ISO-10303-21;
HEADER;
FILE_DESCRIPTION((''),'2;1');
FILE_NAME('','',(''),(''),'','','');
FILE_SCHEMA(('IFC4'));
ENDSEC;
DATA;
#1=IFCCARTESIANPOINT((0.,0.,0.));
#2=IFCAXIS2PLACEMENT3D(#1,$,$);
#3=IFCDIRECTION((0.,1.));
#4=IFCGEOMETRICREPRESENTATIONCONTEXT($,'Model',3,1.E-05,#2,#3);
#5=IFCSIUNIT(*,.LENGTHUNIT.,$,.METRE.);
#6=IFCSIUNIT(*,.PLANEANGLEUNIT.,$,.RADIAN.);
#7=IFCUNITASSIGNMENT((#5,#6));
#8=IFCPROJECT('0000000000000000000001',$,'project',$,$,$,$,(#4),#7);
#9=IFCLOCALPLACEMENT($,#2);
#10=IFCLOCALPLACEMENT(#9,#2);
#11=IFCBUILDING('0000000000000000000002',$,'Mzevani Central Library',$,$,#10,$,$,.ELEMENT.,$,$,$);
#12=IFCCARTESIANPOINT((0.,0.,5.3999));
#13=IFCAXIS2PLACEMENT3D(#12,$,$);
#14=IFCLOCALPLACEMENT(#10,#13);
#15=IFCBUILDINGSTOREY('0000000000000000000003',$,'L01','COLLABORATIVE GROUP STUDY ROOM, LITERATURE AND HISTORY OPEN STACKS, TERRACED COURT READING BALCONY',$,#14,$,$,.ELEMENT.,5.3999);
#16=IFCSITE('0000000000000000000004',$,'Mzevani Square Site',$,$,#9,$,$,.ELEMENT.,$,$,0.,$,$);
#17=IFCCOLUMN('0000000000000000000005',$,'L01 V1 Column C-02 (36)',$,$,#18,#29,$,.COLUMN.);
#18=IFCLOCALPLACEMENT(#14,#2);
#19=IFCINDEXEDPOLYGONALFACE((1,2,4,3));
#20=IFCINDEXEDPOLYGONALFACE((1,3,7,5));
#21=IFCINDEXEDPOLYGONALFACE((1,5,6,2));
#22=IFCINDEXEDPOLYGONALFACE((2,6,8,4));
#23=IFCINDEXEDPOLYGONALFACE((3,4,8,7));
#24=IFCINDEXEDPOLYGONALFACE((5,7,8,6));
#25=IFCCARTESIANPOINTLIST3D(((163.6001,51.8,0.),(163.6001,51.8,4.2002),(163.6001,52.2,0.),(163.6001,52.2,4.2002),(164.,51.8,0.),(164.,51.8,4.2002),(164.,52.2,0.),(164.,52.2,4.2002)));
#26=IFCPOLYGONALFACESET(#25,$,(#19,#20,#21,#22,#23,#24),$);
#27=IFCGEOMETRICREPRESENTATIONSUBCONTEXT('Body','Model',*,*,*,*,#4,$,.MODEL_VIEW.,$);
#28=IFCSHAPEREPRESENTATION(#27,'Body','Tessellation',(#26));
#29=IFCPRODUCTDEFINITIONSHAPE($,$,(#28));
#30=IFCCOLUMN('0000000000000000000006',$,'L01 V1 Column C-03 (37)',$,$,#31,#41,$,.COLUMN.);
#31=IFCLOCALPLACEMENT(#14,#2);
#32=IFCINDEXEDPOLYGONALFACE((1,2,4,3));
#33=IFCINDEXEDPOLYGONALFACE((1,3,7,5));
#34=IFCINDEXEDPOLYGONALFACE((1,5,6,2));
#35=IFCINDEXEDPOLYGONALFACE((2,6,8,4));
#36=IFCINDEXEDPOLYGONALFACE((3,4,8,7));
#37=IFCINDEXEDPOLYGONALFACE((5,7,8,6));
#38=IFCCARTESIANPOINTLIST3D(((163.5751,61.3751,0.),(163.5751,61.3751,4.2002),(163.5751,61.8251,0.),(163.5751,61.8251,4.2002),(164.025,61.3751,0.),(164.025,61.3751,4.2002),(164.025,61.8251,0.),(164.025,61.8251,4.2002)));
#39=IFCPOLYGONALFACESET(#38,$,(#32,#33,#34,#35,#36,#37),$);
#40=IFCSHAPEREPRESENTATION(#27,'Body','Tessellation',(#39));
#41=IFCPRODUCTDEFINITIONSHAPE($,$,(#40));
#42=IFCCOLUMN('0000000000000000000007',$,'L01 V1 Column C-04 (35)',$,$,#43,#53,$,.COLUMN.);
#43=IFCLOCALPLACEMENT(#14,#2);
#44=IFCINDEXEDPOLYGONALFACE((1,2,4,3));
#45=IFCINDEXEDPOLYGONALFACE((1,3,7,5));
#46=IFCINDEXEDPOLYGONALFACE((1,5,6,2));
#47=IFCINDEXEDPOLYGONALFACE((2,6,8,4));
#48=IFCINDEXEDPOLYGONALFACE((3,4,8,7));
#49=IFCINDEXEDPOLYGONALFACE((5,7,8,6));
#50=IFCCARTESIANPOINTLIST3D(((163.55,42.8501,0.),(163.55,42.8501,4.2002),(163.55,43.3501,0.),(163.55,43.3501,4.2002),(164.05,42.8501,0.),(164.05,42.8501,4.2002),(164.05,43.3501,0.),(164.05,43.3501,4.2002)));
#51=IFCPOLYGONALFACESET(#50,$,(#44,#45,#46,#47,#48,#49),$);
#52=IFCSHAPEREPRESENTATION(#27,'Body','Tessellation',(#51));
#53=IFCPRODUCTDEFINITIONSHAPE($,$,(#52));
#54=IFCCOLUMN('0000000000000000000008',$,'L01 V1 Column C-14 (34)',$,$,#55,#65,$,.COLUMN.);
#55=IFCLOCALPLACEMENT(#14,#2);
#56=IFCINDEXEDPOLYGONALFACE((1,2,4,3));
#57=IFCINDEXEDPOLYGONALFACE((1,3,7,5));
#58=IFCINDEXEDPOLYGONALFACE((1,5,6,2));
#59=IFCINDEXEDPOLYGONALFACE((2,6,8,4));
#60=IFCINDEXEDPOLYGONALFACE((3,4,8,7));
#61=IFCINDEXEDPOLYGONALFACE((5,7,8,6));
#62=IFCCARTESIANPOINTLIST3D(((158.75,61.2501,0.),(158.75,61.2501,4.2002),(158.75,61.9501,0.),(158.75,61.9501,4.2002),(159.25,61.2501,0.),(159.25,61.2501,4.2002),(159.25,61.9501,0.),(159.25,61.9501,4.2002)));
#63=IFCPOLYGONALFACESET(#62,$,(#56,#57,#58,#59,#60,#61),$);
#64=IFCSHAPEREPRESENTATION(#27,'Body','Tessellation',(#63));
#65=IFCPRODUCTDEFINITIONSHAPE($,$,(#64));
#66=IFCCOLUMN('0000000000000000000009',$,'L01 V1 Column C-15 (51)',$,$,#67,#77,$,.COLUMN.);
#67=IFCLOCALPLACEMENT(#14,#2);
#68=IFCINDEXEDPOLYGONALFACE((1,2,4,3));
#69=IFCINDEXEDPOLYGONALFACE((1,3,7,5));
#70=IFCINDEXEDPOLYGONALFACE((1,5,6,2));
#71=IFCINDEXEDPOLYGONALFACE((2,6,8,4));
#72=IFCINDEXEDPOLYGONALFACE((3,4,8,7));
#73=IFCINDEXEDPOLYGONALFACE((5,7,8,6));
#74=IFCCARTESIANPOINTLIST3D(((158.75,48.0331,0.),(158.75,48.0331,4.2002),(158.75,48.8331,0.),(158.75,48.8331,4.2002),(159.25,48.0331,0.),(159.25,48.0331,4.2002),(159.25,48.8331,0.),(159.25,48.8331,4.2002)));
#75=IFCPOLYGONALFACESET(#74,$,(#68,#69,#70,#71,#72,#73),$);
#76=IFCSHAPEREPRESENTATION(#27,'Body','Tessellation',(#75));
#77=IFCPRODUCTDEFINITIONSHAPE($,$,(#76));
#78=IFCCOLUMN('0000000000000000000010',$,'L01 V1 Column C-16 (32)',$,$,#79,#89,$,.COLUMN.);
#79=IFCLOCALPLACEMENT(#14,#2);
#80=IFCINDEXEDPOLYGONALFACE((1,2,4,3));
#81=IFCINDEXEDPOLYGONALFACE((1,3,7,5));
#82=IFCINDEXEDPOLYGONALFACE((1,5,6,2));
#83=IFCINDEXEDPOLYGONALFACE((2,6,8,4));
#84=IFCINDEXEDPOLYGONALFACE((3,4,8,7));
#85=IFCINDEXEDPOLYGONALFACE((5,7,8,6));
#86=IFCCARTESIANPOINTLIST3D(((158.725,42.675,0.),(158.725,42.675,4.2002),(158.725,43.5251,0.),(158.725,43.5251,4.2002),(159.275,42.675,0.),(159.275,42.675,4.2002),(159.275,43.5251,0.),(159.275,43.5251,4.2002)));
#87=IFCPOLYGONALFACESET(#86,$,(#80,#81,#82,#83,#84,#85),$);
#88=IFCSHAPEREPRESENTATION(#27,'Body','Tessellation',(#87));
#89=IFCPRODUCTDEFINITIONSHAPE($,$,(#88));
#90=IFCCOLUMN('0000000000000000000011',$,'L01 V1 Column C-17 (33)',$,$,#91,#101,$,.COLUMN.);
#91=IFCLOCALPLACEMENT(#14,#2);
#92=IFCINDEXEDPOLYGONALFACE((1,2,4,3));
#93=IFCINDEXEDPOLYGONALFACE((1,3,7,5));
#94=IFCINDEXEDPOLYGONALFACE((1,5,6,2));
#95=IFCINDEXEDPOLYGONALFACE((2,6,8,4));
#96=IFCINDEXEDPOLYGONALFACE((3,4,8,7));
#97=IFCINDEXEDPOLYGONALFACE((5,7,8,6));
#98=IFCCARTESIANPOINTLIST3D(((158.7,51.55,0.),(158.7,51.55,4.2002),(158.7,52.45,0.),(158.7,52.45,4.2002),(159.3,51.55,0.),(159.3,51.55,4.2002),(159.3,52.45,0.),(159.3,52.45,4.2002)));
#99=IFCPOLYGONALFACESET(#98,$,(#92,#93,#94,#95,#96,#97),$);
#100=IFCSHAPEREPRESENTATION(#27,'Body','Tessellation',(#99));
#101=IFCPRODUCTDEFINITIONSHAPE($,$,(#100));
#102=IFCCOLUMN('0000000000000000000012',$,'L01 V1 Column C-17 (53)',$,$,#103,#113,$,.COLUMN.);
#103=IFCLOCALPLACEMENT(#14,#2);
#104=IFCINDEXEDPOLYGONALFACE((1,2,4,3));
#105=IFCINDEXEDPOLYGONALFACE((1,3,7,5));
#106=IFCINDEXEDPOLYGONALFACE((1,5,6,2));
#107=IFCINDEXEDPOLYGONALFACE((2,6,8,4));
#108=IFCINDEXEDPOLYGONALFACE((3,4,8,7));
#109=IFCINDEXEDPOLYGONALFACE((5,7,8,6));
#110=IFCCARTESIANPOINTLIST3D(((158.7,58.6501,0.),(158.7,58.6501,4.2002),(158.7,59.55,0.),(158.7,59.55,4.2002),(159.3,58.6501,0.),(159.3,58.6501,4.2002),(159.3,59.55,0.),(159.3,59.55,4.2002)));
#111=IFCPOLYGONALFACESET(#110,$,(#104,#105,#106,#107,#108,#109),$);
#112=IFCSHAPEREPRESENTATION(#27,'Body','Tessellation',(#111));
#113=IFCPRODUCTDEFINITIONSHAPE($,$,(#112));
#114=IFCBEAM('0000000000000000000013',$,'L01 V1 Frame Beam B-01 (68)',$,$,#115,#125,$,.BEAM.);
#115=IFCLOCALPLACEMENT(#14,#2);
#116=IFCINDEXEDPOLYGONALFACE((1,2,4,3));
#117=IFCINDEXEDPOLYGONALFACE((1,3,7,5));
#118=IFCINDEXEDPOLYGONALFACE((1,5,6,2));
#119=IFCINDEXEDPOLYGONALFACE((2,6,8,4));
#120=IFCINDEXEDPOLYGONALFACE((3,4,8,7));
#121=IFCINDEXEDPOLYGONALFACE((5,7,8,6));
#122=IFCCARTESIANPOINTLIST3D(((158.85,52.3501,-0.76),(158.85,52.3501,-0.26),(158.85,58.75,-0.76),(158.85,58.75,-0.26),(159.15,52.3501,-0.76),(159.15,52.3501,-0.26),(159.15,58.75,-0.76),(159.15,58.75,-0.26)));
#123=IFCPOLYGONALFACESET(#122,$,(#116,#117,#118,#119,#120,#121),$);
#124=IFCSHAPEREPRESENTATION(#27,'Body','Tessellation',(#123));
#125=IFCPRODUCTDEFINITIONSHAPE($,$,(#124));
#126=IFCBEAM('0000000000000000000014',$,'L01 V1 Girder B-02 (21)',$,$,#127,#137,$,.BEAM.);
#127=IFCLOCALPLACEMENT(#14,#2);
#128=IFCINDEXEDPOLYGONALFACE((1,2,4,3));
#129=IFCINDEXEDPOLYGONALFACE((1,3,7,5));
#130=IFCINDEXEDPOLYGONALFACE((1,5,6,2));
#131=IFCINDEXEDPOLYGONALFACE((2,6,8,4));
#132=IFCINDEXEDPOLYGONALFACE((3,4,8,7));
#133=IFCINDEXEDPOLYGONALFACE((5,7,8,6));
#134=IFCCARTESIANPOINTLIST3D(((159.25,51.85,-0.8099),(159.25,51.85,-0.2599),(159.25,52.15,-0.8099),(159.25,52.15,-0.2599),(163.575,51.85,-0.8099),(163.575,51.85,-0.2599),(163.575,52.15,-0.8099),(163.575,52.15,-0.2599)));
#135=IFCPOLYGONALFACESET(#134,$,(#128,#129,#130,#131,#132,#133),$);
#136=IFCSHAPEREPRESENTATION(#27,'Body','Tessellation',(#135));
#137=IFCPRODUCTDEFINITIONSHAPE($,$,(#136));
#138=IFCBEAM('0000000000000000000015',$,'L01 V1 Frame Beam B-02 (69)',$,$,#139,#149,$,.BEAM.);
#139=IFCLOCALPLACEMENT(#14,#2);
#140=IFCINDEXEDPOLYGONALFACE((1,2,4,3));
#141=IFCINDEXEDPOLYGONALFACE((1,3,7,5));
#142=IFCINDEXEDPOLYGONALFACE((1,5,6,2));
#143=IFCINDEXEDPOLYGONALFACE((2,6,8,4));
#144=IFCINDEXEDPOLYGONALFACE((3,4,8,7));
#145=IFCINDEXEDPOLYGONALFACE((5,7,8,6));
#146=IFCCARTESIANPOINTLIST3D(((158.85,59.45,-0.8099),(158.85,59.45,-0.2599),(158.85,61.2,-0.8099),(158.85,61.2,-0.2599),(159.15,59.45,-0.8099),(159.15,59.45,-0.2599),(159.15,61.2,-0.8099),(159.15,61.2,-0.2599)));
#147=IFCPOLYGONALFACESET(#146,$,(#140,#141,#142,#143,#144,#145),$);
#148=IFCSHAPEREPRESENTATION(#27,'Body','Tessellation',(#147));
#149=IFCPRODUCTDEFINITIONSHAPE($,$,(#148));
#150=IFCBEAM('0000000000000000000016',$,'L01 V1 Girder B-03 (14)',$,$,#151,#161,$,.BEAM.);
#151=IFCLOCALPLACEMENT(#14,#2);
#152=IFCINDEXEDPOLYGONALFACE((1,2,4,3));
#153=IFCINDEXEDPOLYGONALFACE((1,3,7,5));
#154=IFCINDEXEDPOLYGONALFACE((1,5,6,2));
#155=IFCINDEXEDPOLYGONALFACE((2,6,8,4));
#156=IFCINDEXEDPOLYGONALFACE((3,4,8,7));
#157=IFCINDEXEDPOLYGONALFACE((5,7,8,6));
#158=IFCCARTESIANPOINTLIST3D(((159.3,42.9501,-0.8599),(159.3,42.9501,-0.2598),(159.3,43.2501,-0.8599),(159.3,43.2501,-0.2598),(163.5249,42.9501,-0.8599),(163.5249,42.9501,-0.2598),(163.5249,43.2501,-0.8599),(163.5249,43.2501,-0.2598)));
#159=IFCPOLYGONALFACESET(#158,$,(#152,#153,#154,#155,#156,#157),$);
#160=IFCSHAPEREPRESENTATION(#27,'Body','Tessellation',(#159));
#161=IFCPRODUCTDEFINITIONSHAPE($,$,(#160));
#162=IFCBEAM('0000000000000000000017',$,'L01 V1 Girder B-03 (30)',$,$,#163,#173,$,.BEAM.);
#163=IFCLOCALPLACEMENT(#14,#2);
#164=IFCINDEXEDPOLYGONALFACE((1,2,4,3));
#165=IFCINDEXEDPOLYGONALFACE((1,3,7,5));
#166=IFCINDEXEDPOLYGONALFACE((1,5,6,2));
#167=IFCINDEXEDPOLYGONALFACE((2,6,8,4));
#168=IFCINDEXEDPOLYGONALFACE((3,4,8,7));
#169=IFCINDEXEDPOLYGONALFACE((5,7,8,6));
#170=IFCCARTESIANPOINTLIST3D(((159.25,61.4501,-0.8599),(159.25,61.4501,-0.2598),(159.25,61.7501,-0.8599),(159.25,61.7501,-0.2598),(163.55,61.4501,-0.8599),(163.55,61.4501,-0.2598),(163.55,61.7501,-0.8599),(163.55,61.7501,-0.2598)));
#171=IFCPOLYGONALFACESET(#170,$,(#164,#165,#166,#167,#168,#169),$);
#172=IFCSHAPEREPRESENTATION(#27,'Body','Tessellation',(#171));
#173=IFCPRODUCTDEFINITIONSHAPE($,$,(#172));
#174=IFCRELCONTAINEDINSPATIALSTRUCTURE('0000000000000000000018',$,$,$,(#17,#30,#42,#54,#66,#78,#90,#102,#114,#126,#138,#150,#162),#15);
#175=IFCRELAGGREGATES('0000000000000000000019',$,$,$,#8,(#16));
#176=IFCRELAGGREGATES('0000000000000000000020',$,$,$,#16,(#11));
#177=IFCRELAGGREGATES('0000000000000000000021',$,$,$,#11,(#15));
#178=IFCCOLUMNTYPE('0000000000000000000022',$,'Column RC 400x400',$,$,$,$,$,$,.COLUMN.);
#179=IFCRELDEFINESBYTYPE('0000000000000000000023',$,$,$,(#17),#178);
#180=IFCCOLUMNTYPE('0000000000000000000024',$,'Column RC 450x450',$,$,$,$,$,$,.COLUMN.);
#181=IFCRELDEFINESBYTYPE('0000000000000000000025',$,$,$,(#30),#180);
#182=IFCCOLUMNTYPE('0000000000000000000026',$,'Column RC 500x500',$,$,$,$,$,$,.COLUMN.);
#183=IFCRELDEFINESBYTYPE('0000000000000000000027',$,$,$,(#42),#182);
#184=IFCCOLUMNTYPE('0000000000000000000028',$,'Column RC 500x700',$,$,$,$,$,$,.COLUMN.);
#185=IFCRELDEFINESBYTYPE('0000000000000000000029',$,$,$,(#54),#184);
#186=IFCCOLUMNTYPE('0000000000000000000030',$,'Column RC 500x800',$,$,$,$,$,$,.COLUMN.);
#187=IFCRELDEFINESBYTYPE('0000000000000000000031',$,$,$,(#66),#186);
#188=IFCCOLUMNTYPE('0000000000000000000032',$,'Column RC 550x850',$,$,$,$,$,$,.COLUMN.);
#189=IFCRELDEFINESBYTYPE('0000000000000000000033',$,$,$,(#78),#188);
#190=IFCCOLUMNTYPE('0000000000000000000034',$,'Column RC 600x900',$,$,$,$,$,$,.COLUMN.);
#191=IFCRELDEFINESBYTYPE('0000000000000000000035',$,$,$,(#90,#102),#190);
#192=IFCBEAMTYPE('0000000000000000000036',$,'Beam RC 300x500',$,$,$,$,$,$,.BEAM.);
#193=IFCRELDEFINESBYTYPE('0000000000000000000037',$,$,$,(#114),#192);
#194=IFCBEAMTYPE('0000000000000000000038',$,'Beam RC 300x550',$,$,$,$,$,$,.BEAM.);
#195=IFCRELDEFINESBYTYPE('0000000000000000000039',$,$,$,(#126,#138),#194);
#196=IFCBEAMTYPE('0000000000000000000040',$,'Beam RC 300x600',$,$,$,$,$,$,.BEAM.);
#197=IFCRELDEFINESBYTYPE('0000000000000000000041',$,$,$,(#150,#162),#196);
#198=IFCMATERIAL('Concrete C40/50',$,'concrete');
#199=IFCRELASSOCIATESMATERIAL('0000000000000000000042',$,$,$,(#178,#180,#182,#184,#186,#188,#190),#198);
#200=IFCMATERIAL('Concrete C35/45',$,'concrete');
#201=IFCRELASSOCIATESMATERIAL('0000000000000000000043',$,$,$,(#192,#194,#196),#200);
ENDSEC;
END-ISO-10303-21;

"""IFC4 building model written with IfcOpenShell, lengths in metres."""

from ifc_helpers import new_model, si_unit, direction, frame, origin, origin_2d, place, context, subcontext, project, spatial, rectangle, extrude, material, material_profile, profile_set, type_object, element, save


model = new_model("IFC4")

# Units and contexts
model_context = context("Model", 3, precision=1e-05, world=origin(), true_north=direction((0.0, 1.0)))
body_context = subcontext(model_context, "Body", "Model", "MODEL_VIEW")
ifc_project = project(units=[si_unit("LENGTHUNIT", "METRE"), si_unit("PLANEANGLEUNIT", "RADIAN")], contexts=[model_context])

# Site, building, storey
site_placement = place(None, origin())
site = spatial("IfcSite", under=ifc_project, at=site_placement, Name="Mzevani Square Site", CompositionType="ELEMENT", RefElevation=0.0)
building_placement = place(site_placement, origin())
building = spatial("IfcBuilding", under=site, at=building_placement, Name="Mzevani Central Library", CompositionType="ELEMENT")
storey_placement = place(building_placement, frame((0.0, 0.0, 5.3999)))
storey = spatial("IfcBuildingStorey", under=building, at=storey_placement, Name="L01", Description="COLLABORATIVE GROUP STUDY ROOM, LITERATURE AND HISTORY OPEN STACKS, TERRACED COURT READING BALCONY", CompositionType="ELEMENT", Elevation=5.3999)

# Columns
ifc_material_1 = material(Name="Concrete C40/50", Category="concrete")
ifc_material_profile_1 = material_profile(ifc_material_1, rectangle(XDim=0.3999, YDim=0.3999, at=origin_2d()), Name="RC 400x400")
ifc_profile_set_1 = profile_set([ifc_material_profile_1], Name="Concrete C40/50")
column_type_1 = type_object("IfcColumnType", Name="Column RC 400x400", PredefinedType="COLUMN", material=ifc_profile_set_1)
column_1_placement = place(storey_placement, frame((163.8, 52.0, 0.0), z_axis=(0.0, 0.0, 1.0), x_axis=(1.0, 0.0, 0.0)))
element("IfcColumn", 1, at=column_1_placement, inside=storey, type_object=column_type_1, Name="L01 V1 Column C-02 (36)", PredefinedType="COLUMN", context=body_context, shape_type="SweptSolid", body=[
    extrude(rectangle(XDim=0.3999, YDim=0.3999, at=origin_2d()), origin(), (0.0, 0.0, 1.0), 4.2002),
])
ifc_material_profile_2 = material_profile(ifc_material_1, rectangle(XDim=0.45, YDim=0.45, at=origin_2d()), Name="RC 450x450")
ifc_profile_set_2 = profile_set([ifc_material_profile_2], Name="Concrete C40/50")
column_type_2 = type_object("IfcColumnType", Name="Column RC 450x450", PredefinedType="COLUMN", material=ifc_profile_set_2)
column_2_placement = place(storey_placement, frame((163.8, 61.6001, 0.0), z_axis=(0.0, 0.0, 1.0), x_axis=(1.0, 0.0, 0.0)))
element("IfcColumn", 2, at=column_2_placement, inside=storey, type_object=column_type_2, Name="L01 V1 Column C-03 (37)", PredefinedType="COLUMN", context=body_context, shape_type="SweptSolid", body=[
    extrude(rectangle(XDim=0.45, YDim=0.45, at=origin_2d()), origin(), (0.0, 0.0, 1.0), 4.2002),
])
ifc_material_profile_3 = material_profile(ifc_material_1, rectangle(XDim=0.5, YDim=0.5, at=origin_2d()), Name="RC 500x500")
ifc_profile_set_3 = profile_set([ifc_material_profile_3], Name="Concrete C40/50")
column_type_3 = type_object("IfcColumnType", Name="Column RC 500x500", PredefinedType="COLUMN", material=ifc_profile_set_3)
column_3_placement = place(storey_placement, frame((163.8, 43.1001, 0.0), z_axis=(0.0, 0.0, 1.0), x_axis=(1.0, 0.0, 0.0)))
element("IfcColumn", 3, at=column_3_placement, inside=storey, type_object=column_type_3, Name="L01 V1 Column C-04 (35)", PredefinedType="COLUMN", context=body_context, shape_type="SweptSolid", body=[
    extrude(rectangle(XDim=0.5, YDim=0.5, at=origin_2d()), origin(), (0.0, 0.0, 1.0), 4.2002),
])
ifc_material_profile_4 = material_profile(ifc_material_1, rectangle(XDim=0.5, YDim=0.7, at=origin_2d()), Name="RC 500x700")
ifc_profile_set_4 = profile_set([ifc_material_profile_4], Name="Concrete C40/50")
column_type_4 = type_object("IfcColumnType", Name="Column RC 500x700", PredefinedType="COLUMN", material=ifc_profile_set_4)
column_4_placement = place(storey_placement, frame((159.0, 61.6001, 0.0), z_axis=(0.0, 0.0, 1.0), x_axis=(1.0, 0.0, 0.0)))
element("IfcColumn", 4, at=column_4_placement, inside=storey, type_object=column_type_4, Name="L01 V1 Column C-14 (34)", PredefinedType="COLUMN", context=body_context, shape_type="SweptSolid", body=[
    extrude(rectangle(XDim=0.5, YDim=0.7, at=origin_2d()), origin(), (0.0, 0.0, 1.0), 4.2002),
])
ifc_material_profile_5 = material_profile(ifc_material_1, rectangle(XDim=0.5, YDim=0.8, at=origin_2d()), Name="RC 500x800")
ifc_profile_set_5 = profile_set([ifc_material_profile_5], Name="Concrete C40/50")
column_type_5 = type_object("IfcColumnType", Name="Column RC 500x800", PredefinedType="COLUMN", material=ifc_profile_set_5)
column_5_placement = place(storey_placement, frame((159.0, 48.4331, 0.0), z_axis=(0.0, 0.0, 1.0), x_axis=(1.0, 0.0, 0.0)))
element("IfcColumn", 5, at=column_5_placement, inside=storey, type_object=column_type_5, Name="L01 V1 Column C-15 (51)", PredefinedType="COLUMN", context=body_context, shape_type="SweptSolid", body=[
    extrude(rectangle(XDim=0.5, YDim=0.8, at=origin_2d()), origin(), (0.0, 0.0, 1.0), 4.2002),
])
ifc_material_profile_6 = material_profile(ifc_material_1, rectangle(XDim=0.55, YDim=0.8501, at=origin_2d()), Name="RC 550x850")
ifc_profile_set_6 = profile_set([ifc_material_profile_6], Name="Concrete C40/50")
column_type_6 = type_object("IfcColumnType", Name="Column RC 550x850", PredefinedType="COLUMN", material=ifc_profile_set_6)
column_6_placement = place(storey_placement, frame((159.0, 43.1001, 0.0), z_axis=(0.0, 0.0, 1.0), x_axis=(1.0, 0.0, 0.0)))
element("IfcColumn", 6, at=column_6_placement, inside=storey, type_object=column_type_6, Name="L01 V1 Column C-16 (32)", PredefinedType="COLUMN", context=body_context, shape_type="SweptSolid", body=[
    extrude(rectangle(XDim=0.55, YDim=0.8501, at=origin_2d()), origin(), (0.0, 0.0, 1.0), 4.2002),
])
ifc_material_profile_7 = material_profile(ifc_material_1, rectangle(XDim=0.6001, YDim=0.8999, at=origin_2d()), Name="RC 600x900")
ifc_profile_set_7 = profile_set([ifc_material_profile_7], Name="Concrete C40/50")
column_type_7 = type_object("IfcColumnType", Name="Column RC 600x900", PredefinedType="COLUMN", material=ifc_profile_set_7)
for number, where, z_axis, x_axis, name in (
    (7, (159.0, 52.0, 0.0), (0.0, 0.0, 1.0), (1.0, 0.0, 0.0), "L01 V1 Column C-17 (33)"),
    (8, (159.0, 59.1001, 0.0), (0.0, 0.0, 1.0), (1.0, 0.0, 0.0), "L01 V1 Column C-17 (53)"),
):
    element("IfcColumn", number, at=place(storey_placement, frame(where, z_axis=z_axis, x_axis=x_axis)), inside=storey, type_object=column_type_7, Name=name, PredefinedType="COLUMN", context=body_context, shape_type="SweptSolid", body=[
        extrude(rectangle(XDim=0.6001, YDim=0.8999, at=origin_2d()), origin(), (0.0, 0.0, 1.0), 4.2002),
    ])

# Beams
ifc_material_2 = material(Name="Concrete C35/45", Category="concrete")
ifc_material_profile_8 = material_profile(ifc_material_2, rectangle(XDim=0.3, YDim=0.5, at=origin_2d()), Name="RC B300x500")
ifc_profile_set_8 = profile_set([ifc_material_profile_8], Name="Concrete C35/45")
beam_type_1 = type_object("IfcBeamType", Name="Beam RC 300x500", PredefinedType="BEAM", material=ifc_profile_set_8)
beam_1_placement = place(storey_placement, frame((159.0, 52.3501, -0.51), z_axis=(0.0, 1.0, 0.0), x_axis=(-1.0, 0.0, 0.0)))
element("IfcBeam", 9, at=beam_1_placement, inside=storey, type_object=beam_type_1, Name="L01 V1 Frame Beam B-01 (68)", PredefinedType="BEAM", context=body_context, shape_type="SweptSolid", body=[
    extrude(rectangle(XDim=0.3, YDim=0.5, at=origin_2d()), origin(), (0.0, 0.0, 1.0), 6.3999),
])
ifc_material_profile_9 = material_profile(ifc_material_2, rectangle(XDim=0.3, YDim=0.55, at=origin_2d()), Name="RC B300x550")
ifc_profile_set_9 = profile_set([ifc_material_profile_9], Name="Concrete C35/45")
beam_type_2 = type_object("IfcBeamType", Name="Beam RC 300x550", PredefinedType="BEAM", material=ifc_profile_set_9)
beam_2_placement = place(storey_placement, frame((159.25, 52.0, -0.5349), z_axis=(1.0, 0.0, 0.0), x_axis=(0.0, 1.0, 0.0)))
element("IfcBeam", 10, at=beam_2_placement, inside=storey, type_object=beam_type_2, Name="L01 V1 Girder B-02 (21)", PredefinedType="BEAM", context=body_context, shape_type="SweptSolid", body=[
    extrude(rectangle(XDim=0.3, YDim=0.55, at=origin_2d()), origin(), (0.0, 0.0, 1.0), 4.325),
])
beam_3_placement = place(storey_placement, frame((159.0, 59.45, -0.5349), z_axis=(0.0, 1.0, 0.0), x_axis=(-1.0, 0.0, 0.0)))
element("IfcBeam", 11, at=beam_3_placement, inside=storey, type_object=beam_type_2, Name="L01 V1 Frame Beam B-02 (69)", PredefinedType="BEAM", context=body_context, shape_type="SweptSolid", body=[
    extrude(rectangle(XDim=0.3, YDim=0.55, at=origin_2d()), origin(), (0.0, 0.0, 1.0), 1.75),
])
ifc_material_profile_10 = material_profile(ifc_material_2, rectangle(XDim=0.3, YDim=0.6001, at=origin_2d()), Name="RC B300x600")
ifc_profile_set_10 = profile_set([ifc_material_profile_10], Name="Concrete C35/45")
beam_type_3 = type_object("IfcBeamType", Name="Beam RC 300x600", PredefinedType="BEAM", material=ifc_profile_set_10)
beam_4_placement = place(storey_placement, frame((159.3, 43.1001, -0.5598), z_axis=(1.0, 0.0, 0.0), x_axis=(0.0, 1.0, 0.0)))
element("IfcBeam", 12, at=beam_4_placement, inside=storey, type_object=beam_type_3, Name="L01 V1 Girder B-03 (14)", PredefinedType="BEAM", context=body_context, shape_type="SweptSolid", body=[
    extrude(rectangle(XDim=0.3, YDim=0.6001, at=origin_2d()), origin(), (0.0, 0.0, 1.0), 4.2249),
])
beam_5_placement = place(storey_placement, frame((159.25, 61.6001, -0.5598), z_axis=(1.0, 0.0, 0.0), x_axis=(0.0, 1.0, 0.0)))
element("IfcBeam", 13, at=beam_5_placement, inside=storey, type_object=beam_type_3, Name="L01 V1 Girder B-03 (30)", PredefinedType="BEAM", context=body_context, shape_type="SweptSolid", body=[
    extrude(rectangle(XDim=0.3, YDim=0.6001, at=origin_2d()), origin(), (0.0, 0.0, 1.0), 4.3),
])

save(model, "model.ifc")
